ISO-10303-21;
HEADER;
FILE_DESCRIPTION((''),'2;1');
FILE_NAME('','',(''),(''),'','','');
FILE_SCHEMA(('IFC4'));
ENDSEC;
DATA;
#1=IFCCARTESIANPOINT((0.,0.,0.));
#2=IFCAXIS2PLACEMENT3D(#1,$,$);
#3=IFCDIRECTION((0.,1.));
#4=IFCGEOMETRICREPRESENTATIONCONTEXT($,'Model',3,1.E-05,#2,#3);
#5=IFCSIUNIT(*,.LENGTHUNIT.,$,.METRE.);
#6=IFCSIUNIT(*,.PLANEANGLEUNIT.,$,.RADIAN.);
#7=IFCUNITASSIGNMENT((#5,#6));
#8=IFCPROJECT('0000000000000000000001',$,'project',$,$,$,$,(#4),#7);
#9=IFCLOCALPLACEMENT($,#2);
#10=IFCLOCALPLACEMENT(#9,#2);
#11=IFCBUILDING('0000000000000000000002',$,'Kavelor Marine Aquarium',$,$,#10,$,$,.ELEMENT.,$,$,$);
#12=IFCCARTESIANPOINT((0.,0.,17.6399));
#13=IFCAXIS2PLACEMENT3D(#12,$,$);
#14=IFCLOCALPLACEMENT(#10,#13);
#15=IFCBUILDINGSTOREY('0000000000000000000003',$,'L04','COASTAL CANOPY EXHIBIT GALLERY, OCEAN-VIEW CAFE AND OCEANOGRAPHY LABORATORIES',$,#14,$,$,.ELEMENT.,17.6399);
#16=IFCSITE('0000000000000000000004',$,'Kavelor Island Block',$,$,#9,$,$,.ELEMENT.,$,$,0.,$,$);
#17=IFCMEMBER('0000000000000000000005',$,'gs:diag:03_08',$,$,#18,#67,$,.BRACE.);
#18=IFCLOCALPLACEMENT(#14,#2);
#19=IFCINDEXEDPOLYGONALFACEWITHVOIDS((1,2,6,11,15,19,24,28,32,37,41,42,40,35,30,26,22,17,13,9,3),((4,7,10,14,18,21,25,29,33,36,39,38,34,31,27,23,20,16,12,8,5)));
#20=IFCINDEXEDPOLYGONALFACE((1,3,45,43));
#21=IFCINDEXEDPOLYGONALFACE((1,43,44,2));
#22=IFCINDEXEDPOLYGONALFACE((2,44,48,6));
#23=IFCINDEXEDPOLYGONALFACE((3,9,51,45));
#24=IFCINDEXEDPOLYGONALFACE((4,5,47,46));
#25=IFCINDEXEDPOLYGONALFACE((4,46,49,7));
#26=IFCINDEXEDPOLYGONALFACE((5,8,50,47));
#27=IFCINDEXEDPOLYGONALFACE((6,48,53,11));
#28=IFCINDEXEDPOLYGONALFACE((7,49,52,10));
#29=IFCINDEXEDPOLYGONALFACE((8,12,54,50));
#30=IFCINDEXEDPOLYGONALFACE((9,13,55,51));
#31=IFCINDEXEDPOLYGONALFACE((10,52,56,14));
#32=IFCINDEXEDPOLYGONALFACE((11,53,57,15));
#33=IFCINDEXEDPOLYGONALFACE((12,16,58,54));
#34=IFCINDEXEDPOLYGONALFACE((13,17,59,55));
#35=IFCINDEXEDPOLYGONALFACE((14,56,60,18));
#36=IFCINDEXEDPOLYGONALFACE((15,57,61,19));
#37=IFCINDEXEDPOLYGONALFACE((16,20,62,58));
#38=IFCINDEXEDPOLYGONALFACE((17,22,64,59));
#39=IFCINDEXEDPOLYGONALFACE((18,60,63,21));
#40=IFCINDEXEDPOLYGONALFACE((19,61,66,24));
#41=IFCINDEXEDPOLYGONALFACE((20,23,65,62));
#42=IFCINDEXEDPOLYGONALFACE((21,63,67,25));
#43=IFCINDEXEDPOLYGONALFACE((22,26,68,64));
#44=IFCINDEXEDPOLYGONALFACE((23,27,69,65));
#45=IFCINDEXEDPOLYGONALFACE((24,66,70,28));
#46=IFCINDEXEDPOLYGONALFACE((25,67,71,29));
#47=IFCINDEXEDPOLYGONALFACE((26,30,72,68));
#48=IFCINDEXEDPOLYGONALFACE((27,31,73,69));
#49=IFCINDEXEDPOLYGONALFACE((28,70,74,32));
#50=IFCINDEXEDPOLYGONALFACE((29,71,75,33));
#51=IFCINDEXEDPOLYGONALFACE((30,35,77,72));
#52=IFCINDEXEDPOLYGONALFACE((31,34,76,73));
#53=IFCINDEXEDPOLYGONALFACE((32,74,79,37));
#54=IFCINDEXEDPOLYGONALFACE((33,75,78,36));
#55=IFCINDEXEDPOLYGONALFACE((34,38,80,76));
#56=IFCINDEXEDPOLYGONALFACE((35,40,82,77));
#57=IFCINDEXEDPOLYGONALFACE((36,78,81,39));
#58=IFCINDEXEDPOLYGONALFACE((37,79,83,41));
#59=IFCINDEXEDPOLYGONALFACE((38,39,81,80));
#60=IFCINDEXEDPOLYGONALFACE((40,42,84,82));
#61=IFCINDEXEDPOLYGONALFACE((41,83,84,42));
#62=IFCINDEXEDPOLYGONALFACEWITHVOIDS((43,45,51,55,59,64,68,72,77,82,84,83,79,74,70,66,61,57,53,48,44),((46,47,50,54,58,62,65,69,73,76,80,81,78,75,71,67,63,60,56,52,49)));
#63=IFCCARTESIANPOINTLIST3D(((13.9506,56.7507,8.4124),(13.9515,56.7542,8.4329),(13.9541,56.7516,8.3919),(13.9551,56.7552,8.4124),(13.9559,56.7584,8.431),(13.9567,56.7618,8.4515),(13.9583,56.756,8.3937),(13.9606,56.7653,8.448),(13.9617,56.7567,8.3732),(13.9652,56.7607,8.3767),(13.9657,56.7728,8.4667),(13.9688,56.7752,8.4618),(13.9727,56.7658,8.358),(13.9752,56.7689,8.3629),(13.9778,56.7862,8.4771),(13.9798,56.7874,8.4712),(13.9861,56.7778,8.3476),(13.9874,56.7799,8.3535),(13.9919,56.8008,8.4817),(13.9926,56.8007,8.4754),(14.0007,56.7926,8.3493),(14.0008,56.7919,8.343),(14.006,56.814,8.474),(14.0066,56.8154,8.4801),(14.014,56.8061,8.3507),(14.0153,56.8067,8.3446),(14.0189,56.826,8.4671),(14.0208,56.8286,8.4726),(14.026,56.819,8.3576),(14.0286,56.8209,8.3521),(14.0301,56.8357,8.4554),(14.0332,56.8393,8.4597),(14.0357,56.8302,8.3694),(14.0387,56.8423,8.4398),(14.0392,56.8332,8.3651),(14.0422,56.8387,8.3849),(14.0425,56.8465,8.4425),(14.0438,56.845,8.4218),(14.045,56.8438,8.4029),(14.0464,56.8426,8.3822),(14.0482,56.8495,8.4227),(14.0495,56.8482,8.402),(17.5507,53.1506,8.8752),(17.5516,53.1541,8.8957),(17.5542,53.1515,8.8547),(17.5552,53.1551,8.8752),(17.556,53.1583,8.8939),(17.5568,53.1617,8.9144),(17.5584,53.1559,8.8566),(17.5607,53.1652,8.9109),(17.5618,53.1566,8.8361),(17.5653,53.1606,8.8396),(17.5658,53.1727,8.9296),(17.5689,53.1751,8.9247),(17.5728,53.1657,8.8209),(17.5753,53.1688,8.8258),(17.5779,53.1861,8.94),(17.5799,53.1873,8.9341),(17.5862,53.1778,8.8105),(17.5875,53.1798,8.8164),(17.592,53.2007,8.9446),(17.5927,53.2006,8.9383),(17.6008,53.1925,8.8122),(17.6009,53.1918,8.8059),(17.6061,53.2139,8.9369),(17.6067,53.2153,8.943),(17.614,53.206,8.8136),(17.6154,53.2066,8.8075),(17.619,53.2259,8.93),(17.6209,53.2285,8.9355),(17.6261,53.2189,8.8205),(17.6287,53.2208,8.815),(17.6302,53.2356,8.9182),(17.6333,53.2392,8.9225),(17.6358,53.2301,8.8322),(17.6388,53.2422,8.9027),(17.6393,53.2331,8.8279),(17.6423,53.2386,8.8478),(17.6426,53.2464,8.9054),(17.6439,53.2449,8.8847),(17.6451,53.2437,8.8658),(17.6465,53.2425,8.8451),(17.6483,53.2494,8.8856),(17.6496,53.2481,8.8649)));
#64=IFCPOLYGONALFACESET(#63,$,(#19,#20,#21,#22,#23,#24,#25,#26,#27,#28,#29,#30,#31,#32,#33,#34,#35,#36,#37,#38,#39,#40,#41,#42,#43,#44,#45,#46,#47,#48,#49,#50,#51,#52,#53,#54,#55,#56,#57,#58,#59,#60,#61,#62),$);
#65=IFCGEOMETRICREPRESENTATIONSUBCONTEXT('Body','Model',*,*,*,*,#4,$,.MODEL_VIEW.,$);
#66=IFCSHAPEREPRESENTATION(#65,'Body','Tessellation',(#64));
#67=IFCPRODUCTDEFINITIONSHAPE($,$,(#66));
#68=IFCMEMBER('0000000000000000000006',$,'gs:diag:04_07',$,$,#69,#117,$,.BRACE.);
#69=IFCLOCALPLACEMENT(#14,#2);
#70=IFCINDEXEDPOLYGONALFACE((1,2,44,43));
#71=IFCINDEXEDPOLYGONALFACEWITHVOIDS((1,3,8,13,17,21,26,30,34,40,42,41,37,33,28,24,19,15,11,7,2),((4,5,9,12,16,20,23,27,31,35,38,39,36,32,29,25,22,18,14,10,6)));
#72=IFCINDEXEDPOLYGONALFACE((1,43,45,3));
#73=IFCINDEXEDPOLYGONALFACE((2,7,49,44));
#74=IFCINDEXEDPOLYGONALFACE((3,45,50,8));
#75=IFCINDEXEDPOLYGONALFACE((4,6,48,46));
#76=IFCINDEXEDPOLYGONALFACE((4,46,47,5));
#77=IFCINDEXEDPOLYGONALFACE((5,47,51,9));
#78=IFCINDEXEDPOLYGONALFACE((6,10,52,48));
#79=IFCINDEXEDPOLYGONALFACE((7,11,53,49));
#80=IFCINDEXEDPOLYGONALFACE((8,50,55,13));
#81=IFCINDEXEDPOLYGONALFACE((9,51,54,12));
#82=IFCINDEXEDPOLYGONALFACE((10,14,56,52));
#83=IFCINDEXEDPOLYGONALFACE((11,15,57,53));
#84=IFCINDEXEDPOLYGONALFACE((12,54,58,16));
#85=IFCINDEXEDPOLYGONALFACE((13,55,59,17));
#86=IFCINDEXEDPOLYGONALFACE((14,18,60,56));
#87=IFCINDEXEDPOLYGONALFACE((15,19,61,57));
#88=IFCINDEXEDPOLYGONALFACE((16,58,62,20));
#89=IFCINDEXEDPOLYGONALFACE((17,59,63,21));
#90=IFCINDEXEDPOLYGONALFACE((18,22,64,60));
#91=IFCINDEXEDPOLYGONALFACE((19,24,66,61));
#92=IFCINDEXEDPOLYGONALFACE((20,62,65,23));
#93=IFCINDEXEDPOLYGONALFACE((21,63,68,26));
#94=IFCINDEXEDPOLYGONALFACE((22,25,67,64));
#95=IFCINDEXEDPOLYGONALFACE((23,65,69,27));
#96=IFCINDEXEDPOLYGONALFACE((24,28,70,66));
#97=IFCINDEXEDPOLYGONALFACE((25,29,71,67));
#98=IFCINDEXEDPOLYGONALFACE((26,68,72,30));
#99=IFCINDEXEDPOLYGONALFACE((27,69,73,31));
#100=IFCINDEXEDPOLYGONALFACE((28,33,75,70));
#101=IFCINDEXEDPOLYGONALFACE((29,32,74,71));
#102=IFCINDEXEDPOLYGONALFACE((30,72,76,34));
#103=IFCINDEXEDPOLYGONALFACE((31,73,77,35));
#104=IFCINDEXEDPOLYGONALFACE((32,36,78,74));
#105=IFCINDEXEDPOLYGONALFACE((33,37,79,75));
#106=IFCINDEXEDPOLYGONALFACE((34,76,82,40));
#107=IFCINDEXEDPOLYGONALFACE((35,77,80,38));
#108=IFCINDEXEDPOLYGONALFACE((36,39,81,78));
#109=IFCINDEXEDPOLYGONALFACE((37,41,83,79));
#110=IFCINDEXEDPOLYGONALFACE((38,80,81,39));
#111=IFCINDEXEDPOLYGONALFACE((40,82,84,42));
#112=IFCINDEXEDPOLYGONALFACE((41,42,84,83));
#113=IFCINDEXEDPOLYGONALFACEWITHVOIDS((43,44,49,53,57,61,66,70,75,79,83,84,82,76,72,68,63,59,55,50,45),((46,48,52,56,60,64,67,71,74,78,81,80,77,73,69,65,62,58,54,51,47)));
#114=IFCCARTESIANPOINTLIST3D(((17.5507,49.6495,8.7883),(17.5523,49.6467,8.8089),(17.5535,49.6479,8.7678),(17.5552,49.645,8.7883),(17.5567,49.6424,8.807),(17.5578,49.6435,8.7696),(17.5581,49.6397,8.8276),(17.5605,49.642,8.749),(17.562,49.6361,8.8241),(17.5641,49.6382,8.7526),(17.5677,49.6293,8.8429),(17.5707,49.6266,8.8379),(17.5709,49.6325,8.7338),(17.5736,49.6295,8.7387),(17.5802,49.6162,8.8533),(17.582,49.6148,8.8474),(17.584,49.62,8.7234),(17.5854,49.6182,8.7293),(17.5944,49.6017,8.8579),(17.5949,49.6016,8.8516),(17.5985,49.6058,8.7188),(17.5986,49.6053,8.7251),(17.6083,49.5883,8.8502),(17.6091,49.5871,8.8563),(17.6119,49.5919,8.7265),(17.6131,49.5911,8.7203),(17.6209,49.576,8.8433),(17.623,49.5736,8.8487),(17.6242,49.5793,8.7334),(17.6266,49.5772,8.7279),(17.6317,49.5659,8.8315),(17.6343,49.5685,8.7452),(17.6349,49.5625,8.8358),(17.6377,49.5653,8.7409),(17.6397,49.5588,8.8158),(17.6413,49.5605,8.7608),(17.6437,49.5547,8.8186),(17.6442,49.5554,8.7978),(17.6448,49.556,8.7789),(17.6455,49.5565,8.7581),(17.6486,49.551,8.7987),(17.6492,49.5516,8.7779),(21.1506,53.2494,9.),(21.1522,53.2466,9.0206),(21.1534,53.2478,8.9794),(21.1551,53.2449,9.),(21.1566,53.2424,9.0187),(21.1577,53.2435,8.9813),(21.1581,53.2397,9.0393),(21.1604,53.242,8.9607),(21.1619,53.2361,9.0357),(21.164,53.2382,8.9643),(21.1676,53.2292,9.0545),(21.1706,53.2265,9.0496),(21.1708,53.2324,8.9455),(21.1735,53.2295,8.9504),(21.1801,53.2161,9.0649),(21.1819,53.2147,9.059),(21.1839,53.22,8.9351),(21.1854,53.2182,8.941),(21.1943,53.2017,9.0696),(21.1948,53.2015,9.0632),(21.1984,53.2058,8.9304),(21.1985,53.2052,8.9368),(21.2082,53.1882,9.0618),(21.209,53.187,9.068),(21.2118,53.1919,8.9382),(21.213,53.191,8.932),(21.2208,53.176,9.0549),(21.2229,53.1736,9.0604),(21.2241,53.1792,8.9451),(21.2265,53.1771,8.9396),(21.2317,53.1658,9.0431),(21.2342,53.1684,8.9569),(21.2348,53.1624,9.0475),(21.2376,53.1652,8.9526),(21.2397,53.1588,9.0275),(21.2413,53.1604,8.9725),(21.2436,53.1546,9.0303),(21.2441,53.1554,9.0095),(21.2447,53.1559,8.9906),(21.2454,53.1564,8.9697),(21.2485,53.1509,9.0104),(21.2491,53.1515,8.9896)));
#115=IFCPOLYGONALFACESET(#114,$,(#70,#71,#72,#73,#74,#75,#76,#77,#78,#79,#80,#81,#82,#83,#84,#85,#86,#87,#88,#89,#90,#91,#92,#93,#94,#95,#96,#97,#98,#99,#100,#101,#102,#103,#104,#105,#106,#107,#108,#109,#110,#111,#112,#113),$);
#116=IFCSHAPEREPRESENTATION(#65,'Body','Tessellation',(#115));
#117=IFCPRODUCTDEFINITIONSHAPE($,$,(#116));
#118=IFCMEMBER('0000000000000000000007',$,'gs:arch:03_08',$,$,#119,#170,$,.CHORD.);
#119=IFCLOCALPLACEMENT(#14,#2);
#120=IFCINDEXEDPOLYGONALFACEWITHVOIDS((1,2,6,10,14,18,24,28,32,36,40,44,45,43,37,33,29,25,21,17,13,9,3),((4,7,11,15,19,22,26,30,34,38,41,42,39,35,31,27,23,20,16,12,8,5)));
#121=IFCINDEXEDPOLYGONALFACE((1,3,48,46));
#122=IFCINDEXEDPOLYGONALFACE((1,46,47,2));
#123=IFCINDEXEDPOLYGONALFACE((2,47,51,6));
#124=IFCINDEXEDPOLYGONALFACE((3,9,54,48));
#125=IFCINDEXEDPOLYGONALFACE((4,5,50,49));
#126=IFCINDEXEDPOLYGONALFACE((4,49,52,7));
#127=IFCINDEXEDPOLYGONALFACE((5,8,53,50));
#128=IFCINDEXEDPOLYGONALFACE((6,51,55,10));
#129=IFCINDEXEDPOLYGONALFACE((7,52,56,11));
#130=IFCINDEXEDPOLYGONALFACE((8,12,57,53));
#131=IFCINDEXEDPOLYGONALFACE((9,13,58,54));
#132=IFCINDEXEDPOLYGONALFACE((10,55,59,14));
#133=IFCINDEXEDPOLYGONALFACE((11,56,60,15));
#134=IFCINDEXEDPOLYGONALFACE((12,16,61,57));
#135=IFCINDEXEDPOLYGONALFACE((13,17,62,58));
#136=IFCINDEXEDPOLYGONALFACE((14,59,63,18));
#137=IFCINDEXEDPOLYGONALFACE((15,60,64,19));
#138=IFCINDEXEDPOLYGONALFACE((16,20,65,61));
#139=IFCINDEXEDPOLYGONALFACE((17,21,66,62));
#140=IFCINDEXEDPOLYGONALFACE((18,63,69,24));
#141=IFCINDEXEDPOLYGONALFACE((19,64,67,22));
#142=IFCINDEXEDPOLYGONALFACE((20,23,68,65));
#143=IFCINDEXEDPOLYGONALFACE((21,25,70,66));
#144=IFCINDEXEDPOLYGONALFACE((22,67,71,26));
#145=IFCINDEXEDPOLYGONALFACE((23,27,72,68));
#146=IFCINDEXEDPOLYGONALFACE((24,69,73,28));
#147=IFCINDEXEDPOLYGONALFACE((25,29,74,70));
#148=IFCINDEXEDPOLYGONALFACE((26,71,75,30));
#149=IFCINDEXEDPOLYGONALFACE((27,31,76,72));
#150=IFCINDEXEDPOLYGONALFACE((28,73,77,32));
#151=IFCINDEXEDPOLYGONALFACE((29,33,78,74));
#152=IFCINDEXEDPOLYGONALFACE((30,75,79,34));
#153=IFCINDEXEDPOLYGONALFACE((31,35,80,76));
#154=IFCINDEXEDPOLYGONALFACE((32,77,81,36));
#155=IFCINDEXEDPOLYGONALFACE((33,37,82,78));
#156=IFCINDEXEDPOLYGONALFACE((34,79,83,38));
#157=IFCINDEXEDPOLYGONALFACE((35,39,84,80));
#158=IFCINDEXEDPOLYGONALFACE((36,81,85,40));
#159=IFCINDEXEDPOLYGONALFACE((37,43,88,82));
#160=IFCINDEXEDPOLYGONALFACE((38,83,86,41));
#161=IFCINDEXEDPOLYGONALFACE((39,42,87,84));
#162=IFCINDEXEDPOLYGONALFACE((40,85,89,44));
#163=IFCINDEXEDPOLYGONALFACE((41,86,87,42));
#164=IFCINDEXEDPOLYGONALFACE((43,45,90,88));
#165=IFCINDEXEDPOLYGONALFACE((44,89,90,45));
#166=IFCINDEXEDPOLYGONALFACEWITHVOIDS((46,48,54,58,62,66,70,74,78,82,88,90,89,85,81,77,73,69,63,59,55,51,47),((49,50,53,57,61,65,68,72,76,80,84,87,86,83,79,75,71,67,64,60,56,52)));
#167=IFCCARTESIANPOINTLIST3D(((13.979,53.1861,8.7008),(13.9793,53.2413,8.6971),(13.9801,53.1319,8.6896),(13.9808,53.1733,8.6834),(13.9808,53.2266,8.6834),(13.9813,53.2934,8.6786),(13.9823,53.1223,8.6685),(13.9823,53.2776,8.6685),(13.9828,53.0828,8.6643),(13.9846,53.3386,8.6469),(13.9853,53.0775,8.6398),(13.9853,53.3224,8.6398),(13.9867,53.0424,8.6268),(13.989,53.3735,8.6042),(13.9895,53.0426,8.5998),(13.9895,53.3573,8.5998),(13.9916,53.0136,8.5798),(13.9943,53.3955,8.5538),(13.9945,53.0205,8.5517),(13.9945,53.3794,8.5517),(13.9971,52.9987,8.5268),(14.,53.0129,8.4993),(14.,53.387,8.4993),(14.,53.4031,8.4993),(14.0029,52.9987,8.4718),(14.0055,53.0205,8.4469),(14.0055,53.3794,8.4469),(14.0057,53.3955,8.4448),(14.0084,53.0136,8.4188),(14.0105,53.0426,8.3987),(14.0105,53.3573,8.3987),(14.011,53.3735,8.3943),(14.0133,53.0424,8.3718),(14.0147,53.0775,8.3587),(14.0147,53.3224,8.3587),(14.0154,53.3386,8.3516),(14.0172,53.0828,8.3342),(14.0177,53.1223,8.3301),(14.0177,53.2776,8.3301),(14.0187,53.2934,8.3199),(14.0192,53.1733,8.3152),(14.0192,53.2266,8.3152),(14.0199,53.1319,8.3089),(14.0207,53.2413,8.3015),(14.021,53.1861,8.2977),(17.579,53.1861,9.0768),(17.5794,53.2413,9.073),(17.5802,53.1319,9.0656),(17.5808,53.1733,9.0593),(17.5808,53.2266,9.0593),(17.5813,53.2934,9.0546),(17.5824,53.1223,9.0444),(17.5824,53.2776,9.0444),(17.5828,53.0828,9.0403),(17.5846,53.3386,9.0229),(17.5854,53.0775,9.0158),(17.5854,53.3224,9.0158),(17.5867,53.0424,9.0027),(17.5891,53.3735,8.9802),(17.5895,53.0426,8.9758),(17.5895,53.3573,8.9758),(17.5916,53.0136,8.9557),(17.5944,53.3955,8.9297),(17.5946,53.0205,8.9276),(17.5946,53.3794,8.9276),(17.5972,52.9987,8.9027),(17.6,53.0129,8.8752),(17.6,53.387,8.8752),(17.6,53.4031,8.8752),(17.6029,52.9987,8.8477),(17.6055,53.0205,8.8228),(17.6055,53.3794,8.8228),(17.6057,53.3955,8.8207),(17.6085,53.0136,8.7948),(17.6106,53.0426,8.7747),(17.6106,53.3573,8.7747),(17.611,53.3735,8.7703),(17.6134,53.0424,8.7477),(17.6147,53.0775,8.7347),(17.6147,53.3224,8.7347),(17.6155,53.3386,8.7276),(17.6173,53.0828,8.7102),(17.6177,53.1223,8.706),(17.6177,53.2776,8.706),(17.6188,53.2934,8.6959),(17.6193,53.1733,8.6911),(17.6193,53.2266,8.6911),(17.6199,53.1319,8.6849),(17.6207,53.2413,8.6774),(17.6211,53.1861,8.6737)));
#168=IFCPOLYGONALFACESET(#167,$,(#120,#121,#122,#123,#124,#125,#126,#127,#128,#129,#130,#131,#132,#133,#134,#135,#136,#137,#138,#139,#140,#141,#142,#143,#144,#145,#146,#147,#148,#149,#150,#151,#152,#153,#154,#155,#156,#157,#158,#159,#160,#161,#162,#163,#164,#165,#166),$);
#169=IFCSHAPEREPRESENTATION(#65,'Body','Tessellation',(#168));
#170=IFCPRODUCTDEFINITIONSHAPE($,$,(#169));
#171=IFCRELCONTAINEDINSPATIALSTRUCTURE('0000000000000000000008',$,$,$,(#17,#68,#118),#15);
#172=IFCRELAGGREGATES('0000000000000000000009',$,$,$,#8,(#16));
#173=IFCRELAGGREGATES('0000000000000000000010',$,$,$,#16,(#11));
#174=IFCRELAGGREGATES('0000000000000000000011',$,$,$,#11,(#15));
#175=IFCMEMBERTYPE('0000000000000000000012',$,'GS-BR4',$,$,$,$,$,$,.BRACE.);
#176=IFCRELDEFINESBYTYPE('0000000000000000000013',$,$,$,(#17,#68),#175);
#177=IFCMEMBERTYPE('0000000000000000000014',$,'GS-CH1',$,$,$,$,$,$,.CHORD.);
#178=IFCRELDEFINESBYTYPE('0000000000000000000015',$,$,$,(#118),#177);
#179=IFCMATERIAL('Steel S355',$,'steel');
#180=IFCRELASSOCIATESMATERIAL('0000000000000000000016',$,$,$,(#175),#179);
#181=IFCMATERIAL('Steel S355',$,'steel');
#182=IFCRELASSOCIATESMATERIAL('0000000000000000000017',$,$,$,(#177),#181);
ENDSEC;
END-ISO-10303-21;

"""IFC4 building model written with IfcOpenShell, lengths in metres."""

from ifc_helpers import new_model, si_unit, direction, frame, origin, origin_2d, place, context, subcontext, project, spatial, hollow_circle, extrude, material, material_profile, profile_set, type_object, element, save


model = new_model("IFC4")

# Units and contexts
model_context = context("Model", 3, precision=1e-05, world=origin(), true_north=direction((0.0, 1.0)))
body_context = subcontext(model_context, "Body", "Model", "MODEL_VIEW")
ifc_project = project(units=[si_unit("LENGTHUNIT", "METRE"), si_unit("PLANEANGLEUNIT", "RADIAN")], contexts=[model_context])

# Site, building, storey
site_placement = place(None, origin())
site = spatial("IfcSite", under=ifc_project, at=site_placement, Name="Kavelor Island Block", CompositionType="ELEMENT", RefElevation=0.0)
building_placement = place(site_placement, origin())
building = spatial("IfcBuilding", under=site, at=building_placement, Name="Kavelor Marine Aquarium", CompositionType="ELEMENT")
storey_placement = place(building_placement, frame((0.0, 0.0, 17.6399)))
storey = spatial("IfcBuildingStorey", under=building, at=storey_placement, Name="L04", Description="COASTAL CANOPY EXHIBIT GALLERY, OCEAN-VIEW CAFE AND OCEANOGRAPHY LABORATORIES", CompositionType="ELEMENT", Elevation=17.6399)

# Members
ifc_material_1 = material(Name="Steel S355", Category="steel")
ifc_material_profile_1 = material_profile(ifc_material_1, hollow_circle(Radius=0.0698, WallThickness=0.0063, at=origin_2d()), Name="CHS 139.7x6.3")
ifc_profile_set_1 = profile_set([ifc_material_profile_1], Name="Steel S355")
member_type_1 = type_object("IfcMemberType", Name="GS-BR4", PredefinedType="BRACE", material=ifc_profile_set_1)
member_1_placement = place(storey_placement, frame((17.6001, 53.2, 8.8752), z_axis=(-0.704202, 0.704202, -0.090544), x_axis=(-0.707107, -0.707107, 0.0)))
element("IfcMember", 1, at=member_1_placement, inside=storey, type_object=member_type_1, Name="gs:diag:03_08", PredefinedType="BRACE", context=body_context, shape_type="SweptSolid", body=[
    extrude(hollow_circle(Radius=0.0698, WallThickness=0.0063, at=origin_2d()), origin(), (0.0, 0.0, 1.0), 5.1123),
])
member_2_placement = place(storey_placement, frame((17.6001, 49.6001, 8.7883), z_axis=(0.706496, 0.706496, 0.041542), x_axis=(-0.707107, 0.707107, 0.0)))
element("IfcMember", 2, at=member_2_placement, inside=storey, type_object=member_type_1, Name="gs:diag:04_07", PredefinedType="BRACE", context=body_context, shape_type="SweptSolid", body=[
    extrude(hollow_circle(Radius=0.0698, WallThickness=0.0063, at=origin_2d()), origin(), (0.0, 0.0, 1.0), 5.0955),
])
ifc_material_2 = material(Name="Steel S355", Category="steel")
ifc_material_profile_2 = material_profile(ifc_material_2, hollow_circle(Radius=0.2031, WallThickness=0.0161, at=origin_2d()), Name="CHS 406.4x16.0")
ifc_profile_set_2 = profile_set([ifc_material_profile_2], Name="Steel S355")
member_type_2 = type_object("IfcMemberType", Name="GS-CH1", PredefinedType="CHORD", material=ifc_profile_set_2)
member_3_placement = place(storey_placement, frame((14.0, 53.2, 8.4993), z_axis=(0.994591, 0.0, 0.10387), x_axis=(0.0, 1.0, 0.0)))
element("IfcMember", 3, at=member_3_placement, inside=storey, type_object=member_type_2, Name="gs:arch:03_08", PredefinedType="CHORD", context=body_context, shape_type="SweptSolid", body=[
    extrude(hollow_circle(Radius=0.2031, WallThickness=0.0161, at=origin_2d()), origin(), (0.0, 0.0, 1.0), 3.6196),
])

save(model, "model.ifc")
